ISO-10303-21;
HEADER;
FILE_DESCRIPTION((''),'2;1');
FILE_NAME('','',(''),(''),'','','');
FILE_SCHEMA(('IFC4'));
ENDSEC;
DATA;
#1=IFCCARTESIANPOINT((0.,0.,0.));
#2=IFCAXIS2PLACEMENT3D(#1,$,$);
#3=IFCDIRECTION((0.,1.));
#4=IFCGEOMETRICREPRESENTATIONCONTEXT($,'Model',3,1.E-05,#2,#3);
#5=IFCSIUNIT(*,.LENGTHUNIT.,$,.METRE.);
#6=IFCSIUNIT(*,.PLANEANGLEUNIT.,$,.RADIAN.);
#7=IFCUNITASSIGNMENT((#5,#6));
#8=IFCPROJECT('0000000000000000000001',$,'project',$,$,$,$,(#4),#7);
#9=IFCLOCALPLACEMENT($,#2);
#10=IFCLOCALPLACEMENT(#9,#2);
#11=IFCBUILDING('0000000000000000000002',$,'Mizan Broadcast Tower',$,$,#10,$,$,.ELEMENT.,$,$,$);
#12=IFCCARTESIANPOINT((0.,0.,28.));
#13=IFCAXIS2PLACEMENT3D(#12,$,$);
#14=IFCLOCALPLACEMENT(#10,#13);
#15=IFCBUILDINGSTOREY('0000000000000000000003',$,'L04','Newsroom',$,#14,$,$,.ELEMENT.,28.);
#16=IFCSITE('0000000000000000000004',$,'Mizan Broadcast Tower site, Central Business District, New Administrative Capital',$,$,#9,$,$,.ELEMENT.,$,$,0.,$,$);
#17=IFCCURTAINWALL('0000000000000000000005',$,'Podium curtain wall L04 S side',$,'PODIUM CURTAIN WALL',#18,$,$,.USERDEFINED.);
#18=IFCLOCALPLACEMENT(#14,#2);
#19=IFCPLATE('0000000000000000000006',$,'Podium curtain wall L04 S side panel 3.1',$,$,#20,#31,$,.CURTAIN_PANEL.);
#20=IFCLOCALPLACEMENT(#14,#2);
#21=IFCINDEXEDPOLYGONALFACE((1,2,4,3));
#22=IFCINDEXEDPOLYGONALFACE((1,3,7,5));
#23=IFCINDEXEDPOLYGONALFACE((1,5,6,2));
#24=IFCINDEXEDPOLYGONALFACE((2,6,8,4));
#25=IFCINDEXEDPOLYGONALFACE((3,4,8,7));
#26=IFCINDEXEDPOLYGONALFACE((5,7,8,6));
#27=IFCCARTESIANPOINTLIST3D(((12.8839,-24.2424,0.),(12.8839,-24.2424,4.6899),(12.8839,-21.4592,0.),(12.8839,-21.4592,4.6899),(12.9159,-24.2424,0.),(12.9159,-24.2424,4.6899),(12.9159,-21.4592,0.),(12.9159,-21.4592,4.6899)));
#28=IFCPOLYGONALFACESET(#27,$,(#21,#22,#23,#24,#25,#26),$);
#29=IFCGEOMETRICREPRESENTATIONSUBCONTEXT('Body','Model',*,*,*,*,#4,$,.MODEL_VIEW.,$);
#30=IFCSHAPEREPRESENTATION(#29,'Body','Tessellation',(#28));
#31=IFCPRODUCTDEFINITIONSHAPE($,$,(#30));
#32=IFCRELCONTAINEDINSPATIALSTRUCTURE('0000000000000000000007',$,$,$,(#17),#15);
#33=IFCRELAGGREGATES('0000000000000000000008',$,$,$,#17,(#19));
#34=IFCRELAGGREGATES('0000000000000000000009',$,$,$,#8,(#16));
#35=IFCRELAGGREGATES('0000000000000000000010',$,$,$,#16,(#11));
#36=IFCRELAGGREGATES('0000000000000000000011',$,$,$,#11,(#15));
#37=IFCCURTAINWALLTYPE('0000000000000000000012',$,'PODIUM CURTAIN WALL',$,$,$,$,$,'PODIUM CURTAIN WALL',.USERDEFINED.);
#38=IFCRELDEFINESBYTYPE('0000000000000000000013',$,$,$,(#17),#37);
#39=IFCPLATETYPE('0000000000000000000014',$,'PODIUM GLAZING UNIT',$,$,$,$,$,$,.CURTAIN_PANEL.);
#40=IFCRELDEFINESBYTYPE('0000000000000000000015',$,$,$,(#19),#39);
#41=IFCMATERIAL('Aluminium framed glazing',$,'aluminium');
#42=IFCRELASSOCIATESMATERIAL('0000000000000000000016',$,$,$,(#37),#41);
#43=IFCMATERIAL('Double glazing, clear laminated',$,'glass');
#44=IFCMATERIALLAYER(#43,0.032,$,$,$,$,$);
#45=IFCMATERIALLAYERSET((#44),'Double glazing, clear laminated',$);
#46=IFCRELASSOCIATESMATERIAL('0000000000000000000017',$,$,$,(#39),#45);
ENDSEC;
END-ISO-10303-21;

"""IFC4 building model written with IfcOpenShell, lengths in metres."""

from ifc_helpers import new_model, si_unit, direction, frame, origin, origin_2d, place, context, subcontext, project, spatial, rectangle, extrude, material, layer, layer_set, type_object, element, aggregate, save


model = new_model("IFC4")

# Units and contexts
model_context = context("Model", 3, precision=1e-05, world=origin(), true_north=direction((0.0, 1.0)))
body_context = subcontext(model_context, "Body", "Model", "MODEL_VIEW")
ifc_project = project(units=[si_unit("LENGTHUNIT", "METRE"), si_unit("PLANEANGLEUNIT", "RADIAN")], contexts=[model_context])

# Site, building, storey
site_placement = place(None, origin())
site = spatial("IfcSite", under=ifc_project, at=site_placement, Name="Mizan Broadcast Tower site, Central Business District, New Administrative Capital", CompositionType="ELEMENT", RefElevation=0.0)
building_placement = place(site_placement, origin())
building = spatial("IfcBuilding", under=site, at=building_placement, Name="Mizan Broadcast Tower", CompositionType="ELEMENT")
storey_placement = place(building_placement, frame((0.0, 0.0, 28.0)))
storey = spatial("IfcBuildingStorey", under=building, at=storey_placement, Name="L04", Description="Newsroom", CompositionType="ELEMENT", Elevation=28.0)

# Curtain wall
ifc_material_1 = material(Name="Aluminium framed glazing", Category="aluminium")
curtain_wall_type_1 = type_object("IfcCurtainWallType", Name="PODIUM CURTAIN WALL", ElementType="PODIUM CURTAIN WALL", PredefinedType="USERDEFINED", material=ifc_material_1)
curtain_wall_1_placement = place(storey_placement, origin())
curtain_wall_1 = element("IfcCurtainWall", 1, at=curtain_wall_1_placement, inside=storey, type_object=curtain_wall_type_1, Name="Podium curtain wall L04 S side", ObjectType="PODIUM CURTAIN WALL", PredefinedType="USERDEFINED")

# Plate
ifc_material_2 = material(Name="Double glazing, clear laminated", Category="glass")
ifc_layer_1 = layer(ifc_material_2, 0.032)
ifc_layer_set_1 = layer_set([ifc_layer_1], Name="Double glazing, clear laminated")
plate_type_1 = type_object("IfcPlateType", Name="PODIUM GLAZING UNIT", PredefinedType="CURTAIN_PANEL", material=ifc_layer_set_1)
plate_1_placement = place(storey_placement, frame((12.8999, -22.8508, 0.0), z_axis=(0.0, 0.0, 1.0), x_axis=(0.0, 1.0, 0.0)))
plate_1 = element("IfcPlate", 2, at=plate_1_placement, type_object=plate_type_1, Name="Podium curtain wall L04 S side panel 3.1", PredefinedType="CURTAIN_PANEL", context=body_context, shape_type="SweptSolid", body=[
    extrude(rectangle(XDim=2.7832, YDim=0.032, at=origin_2d()), origin(), (0.0, 0.0, 1.0), 4.6899),
])
aggregate(curtain_wall_1, [plate_1])

save(model, "model.ifc")
